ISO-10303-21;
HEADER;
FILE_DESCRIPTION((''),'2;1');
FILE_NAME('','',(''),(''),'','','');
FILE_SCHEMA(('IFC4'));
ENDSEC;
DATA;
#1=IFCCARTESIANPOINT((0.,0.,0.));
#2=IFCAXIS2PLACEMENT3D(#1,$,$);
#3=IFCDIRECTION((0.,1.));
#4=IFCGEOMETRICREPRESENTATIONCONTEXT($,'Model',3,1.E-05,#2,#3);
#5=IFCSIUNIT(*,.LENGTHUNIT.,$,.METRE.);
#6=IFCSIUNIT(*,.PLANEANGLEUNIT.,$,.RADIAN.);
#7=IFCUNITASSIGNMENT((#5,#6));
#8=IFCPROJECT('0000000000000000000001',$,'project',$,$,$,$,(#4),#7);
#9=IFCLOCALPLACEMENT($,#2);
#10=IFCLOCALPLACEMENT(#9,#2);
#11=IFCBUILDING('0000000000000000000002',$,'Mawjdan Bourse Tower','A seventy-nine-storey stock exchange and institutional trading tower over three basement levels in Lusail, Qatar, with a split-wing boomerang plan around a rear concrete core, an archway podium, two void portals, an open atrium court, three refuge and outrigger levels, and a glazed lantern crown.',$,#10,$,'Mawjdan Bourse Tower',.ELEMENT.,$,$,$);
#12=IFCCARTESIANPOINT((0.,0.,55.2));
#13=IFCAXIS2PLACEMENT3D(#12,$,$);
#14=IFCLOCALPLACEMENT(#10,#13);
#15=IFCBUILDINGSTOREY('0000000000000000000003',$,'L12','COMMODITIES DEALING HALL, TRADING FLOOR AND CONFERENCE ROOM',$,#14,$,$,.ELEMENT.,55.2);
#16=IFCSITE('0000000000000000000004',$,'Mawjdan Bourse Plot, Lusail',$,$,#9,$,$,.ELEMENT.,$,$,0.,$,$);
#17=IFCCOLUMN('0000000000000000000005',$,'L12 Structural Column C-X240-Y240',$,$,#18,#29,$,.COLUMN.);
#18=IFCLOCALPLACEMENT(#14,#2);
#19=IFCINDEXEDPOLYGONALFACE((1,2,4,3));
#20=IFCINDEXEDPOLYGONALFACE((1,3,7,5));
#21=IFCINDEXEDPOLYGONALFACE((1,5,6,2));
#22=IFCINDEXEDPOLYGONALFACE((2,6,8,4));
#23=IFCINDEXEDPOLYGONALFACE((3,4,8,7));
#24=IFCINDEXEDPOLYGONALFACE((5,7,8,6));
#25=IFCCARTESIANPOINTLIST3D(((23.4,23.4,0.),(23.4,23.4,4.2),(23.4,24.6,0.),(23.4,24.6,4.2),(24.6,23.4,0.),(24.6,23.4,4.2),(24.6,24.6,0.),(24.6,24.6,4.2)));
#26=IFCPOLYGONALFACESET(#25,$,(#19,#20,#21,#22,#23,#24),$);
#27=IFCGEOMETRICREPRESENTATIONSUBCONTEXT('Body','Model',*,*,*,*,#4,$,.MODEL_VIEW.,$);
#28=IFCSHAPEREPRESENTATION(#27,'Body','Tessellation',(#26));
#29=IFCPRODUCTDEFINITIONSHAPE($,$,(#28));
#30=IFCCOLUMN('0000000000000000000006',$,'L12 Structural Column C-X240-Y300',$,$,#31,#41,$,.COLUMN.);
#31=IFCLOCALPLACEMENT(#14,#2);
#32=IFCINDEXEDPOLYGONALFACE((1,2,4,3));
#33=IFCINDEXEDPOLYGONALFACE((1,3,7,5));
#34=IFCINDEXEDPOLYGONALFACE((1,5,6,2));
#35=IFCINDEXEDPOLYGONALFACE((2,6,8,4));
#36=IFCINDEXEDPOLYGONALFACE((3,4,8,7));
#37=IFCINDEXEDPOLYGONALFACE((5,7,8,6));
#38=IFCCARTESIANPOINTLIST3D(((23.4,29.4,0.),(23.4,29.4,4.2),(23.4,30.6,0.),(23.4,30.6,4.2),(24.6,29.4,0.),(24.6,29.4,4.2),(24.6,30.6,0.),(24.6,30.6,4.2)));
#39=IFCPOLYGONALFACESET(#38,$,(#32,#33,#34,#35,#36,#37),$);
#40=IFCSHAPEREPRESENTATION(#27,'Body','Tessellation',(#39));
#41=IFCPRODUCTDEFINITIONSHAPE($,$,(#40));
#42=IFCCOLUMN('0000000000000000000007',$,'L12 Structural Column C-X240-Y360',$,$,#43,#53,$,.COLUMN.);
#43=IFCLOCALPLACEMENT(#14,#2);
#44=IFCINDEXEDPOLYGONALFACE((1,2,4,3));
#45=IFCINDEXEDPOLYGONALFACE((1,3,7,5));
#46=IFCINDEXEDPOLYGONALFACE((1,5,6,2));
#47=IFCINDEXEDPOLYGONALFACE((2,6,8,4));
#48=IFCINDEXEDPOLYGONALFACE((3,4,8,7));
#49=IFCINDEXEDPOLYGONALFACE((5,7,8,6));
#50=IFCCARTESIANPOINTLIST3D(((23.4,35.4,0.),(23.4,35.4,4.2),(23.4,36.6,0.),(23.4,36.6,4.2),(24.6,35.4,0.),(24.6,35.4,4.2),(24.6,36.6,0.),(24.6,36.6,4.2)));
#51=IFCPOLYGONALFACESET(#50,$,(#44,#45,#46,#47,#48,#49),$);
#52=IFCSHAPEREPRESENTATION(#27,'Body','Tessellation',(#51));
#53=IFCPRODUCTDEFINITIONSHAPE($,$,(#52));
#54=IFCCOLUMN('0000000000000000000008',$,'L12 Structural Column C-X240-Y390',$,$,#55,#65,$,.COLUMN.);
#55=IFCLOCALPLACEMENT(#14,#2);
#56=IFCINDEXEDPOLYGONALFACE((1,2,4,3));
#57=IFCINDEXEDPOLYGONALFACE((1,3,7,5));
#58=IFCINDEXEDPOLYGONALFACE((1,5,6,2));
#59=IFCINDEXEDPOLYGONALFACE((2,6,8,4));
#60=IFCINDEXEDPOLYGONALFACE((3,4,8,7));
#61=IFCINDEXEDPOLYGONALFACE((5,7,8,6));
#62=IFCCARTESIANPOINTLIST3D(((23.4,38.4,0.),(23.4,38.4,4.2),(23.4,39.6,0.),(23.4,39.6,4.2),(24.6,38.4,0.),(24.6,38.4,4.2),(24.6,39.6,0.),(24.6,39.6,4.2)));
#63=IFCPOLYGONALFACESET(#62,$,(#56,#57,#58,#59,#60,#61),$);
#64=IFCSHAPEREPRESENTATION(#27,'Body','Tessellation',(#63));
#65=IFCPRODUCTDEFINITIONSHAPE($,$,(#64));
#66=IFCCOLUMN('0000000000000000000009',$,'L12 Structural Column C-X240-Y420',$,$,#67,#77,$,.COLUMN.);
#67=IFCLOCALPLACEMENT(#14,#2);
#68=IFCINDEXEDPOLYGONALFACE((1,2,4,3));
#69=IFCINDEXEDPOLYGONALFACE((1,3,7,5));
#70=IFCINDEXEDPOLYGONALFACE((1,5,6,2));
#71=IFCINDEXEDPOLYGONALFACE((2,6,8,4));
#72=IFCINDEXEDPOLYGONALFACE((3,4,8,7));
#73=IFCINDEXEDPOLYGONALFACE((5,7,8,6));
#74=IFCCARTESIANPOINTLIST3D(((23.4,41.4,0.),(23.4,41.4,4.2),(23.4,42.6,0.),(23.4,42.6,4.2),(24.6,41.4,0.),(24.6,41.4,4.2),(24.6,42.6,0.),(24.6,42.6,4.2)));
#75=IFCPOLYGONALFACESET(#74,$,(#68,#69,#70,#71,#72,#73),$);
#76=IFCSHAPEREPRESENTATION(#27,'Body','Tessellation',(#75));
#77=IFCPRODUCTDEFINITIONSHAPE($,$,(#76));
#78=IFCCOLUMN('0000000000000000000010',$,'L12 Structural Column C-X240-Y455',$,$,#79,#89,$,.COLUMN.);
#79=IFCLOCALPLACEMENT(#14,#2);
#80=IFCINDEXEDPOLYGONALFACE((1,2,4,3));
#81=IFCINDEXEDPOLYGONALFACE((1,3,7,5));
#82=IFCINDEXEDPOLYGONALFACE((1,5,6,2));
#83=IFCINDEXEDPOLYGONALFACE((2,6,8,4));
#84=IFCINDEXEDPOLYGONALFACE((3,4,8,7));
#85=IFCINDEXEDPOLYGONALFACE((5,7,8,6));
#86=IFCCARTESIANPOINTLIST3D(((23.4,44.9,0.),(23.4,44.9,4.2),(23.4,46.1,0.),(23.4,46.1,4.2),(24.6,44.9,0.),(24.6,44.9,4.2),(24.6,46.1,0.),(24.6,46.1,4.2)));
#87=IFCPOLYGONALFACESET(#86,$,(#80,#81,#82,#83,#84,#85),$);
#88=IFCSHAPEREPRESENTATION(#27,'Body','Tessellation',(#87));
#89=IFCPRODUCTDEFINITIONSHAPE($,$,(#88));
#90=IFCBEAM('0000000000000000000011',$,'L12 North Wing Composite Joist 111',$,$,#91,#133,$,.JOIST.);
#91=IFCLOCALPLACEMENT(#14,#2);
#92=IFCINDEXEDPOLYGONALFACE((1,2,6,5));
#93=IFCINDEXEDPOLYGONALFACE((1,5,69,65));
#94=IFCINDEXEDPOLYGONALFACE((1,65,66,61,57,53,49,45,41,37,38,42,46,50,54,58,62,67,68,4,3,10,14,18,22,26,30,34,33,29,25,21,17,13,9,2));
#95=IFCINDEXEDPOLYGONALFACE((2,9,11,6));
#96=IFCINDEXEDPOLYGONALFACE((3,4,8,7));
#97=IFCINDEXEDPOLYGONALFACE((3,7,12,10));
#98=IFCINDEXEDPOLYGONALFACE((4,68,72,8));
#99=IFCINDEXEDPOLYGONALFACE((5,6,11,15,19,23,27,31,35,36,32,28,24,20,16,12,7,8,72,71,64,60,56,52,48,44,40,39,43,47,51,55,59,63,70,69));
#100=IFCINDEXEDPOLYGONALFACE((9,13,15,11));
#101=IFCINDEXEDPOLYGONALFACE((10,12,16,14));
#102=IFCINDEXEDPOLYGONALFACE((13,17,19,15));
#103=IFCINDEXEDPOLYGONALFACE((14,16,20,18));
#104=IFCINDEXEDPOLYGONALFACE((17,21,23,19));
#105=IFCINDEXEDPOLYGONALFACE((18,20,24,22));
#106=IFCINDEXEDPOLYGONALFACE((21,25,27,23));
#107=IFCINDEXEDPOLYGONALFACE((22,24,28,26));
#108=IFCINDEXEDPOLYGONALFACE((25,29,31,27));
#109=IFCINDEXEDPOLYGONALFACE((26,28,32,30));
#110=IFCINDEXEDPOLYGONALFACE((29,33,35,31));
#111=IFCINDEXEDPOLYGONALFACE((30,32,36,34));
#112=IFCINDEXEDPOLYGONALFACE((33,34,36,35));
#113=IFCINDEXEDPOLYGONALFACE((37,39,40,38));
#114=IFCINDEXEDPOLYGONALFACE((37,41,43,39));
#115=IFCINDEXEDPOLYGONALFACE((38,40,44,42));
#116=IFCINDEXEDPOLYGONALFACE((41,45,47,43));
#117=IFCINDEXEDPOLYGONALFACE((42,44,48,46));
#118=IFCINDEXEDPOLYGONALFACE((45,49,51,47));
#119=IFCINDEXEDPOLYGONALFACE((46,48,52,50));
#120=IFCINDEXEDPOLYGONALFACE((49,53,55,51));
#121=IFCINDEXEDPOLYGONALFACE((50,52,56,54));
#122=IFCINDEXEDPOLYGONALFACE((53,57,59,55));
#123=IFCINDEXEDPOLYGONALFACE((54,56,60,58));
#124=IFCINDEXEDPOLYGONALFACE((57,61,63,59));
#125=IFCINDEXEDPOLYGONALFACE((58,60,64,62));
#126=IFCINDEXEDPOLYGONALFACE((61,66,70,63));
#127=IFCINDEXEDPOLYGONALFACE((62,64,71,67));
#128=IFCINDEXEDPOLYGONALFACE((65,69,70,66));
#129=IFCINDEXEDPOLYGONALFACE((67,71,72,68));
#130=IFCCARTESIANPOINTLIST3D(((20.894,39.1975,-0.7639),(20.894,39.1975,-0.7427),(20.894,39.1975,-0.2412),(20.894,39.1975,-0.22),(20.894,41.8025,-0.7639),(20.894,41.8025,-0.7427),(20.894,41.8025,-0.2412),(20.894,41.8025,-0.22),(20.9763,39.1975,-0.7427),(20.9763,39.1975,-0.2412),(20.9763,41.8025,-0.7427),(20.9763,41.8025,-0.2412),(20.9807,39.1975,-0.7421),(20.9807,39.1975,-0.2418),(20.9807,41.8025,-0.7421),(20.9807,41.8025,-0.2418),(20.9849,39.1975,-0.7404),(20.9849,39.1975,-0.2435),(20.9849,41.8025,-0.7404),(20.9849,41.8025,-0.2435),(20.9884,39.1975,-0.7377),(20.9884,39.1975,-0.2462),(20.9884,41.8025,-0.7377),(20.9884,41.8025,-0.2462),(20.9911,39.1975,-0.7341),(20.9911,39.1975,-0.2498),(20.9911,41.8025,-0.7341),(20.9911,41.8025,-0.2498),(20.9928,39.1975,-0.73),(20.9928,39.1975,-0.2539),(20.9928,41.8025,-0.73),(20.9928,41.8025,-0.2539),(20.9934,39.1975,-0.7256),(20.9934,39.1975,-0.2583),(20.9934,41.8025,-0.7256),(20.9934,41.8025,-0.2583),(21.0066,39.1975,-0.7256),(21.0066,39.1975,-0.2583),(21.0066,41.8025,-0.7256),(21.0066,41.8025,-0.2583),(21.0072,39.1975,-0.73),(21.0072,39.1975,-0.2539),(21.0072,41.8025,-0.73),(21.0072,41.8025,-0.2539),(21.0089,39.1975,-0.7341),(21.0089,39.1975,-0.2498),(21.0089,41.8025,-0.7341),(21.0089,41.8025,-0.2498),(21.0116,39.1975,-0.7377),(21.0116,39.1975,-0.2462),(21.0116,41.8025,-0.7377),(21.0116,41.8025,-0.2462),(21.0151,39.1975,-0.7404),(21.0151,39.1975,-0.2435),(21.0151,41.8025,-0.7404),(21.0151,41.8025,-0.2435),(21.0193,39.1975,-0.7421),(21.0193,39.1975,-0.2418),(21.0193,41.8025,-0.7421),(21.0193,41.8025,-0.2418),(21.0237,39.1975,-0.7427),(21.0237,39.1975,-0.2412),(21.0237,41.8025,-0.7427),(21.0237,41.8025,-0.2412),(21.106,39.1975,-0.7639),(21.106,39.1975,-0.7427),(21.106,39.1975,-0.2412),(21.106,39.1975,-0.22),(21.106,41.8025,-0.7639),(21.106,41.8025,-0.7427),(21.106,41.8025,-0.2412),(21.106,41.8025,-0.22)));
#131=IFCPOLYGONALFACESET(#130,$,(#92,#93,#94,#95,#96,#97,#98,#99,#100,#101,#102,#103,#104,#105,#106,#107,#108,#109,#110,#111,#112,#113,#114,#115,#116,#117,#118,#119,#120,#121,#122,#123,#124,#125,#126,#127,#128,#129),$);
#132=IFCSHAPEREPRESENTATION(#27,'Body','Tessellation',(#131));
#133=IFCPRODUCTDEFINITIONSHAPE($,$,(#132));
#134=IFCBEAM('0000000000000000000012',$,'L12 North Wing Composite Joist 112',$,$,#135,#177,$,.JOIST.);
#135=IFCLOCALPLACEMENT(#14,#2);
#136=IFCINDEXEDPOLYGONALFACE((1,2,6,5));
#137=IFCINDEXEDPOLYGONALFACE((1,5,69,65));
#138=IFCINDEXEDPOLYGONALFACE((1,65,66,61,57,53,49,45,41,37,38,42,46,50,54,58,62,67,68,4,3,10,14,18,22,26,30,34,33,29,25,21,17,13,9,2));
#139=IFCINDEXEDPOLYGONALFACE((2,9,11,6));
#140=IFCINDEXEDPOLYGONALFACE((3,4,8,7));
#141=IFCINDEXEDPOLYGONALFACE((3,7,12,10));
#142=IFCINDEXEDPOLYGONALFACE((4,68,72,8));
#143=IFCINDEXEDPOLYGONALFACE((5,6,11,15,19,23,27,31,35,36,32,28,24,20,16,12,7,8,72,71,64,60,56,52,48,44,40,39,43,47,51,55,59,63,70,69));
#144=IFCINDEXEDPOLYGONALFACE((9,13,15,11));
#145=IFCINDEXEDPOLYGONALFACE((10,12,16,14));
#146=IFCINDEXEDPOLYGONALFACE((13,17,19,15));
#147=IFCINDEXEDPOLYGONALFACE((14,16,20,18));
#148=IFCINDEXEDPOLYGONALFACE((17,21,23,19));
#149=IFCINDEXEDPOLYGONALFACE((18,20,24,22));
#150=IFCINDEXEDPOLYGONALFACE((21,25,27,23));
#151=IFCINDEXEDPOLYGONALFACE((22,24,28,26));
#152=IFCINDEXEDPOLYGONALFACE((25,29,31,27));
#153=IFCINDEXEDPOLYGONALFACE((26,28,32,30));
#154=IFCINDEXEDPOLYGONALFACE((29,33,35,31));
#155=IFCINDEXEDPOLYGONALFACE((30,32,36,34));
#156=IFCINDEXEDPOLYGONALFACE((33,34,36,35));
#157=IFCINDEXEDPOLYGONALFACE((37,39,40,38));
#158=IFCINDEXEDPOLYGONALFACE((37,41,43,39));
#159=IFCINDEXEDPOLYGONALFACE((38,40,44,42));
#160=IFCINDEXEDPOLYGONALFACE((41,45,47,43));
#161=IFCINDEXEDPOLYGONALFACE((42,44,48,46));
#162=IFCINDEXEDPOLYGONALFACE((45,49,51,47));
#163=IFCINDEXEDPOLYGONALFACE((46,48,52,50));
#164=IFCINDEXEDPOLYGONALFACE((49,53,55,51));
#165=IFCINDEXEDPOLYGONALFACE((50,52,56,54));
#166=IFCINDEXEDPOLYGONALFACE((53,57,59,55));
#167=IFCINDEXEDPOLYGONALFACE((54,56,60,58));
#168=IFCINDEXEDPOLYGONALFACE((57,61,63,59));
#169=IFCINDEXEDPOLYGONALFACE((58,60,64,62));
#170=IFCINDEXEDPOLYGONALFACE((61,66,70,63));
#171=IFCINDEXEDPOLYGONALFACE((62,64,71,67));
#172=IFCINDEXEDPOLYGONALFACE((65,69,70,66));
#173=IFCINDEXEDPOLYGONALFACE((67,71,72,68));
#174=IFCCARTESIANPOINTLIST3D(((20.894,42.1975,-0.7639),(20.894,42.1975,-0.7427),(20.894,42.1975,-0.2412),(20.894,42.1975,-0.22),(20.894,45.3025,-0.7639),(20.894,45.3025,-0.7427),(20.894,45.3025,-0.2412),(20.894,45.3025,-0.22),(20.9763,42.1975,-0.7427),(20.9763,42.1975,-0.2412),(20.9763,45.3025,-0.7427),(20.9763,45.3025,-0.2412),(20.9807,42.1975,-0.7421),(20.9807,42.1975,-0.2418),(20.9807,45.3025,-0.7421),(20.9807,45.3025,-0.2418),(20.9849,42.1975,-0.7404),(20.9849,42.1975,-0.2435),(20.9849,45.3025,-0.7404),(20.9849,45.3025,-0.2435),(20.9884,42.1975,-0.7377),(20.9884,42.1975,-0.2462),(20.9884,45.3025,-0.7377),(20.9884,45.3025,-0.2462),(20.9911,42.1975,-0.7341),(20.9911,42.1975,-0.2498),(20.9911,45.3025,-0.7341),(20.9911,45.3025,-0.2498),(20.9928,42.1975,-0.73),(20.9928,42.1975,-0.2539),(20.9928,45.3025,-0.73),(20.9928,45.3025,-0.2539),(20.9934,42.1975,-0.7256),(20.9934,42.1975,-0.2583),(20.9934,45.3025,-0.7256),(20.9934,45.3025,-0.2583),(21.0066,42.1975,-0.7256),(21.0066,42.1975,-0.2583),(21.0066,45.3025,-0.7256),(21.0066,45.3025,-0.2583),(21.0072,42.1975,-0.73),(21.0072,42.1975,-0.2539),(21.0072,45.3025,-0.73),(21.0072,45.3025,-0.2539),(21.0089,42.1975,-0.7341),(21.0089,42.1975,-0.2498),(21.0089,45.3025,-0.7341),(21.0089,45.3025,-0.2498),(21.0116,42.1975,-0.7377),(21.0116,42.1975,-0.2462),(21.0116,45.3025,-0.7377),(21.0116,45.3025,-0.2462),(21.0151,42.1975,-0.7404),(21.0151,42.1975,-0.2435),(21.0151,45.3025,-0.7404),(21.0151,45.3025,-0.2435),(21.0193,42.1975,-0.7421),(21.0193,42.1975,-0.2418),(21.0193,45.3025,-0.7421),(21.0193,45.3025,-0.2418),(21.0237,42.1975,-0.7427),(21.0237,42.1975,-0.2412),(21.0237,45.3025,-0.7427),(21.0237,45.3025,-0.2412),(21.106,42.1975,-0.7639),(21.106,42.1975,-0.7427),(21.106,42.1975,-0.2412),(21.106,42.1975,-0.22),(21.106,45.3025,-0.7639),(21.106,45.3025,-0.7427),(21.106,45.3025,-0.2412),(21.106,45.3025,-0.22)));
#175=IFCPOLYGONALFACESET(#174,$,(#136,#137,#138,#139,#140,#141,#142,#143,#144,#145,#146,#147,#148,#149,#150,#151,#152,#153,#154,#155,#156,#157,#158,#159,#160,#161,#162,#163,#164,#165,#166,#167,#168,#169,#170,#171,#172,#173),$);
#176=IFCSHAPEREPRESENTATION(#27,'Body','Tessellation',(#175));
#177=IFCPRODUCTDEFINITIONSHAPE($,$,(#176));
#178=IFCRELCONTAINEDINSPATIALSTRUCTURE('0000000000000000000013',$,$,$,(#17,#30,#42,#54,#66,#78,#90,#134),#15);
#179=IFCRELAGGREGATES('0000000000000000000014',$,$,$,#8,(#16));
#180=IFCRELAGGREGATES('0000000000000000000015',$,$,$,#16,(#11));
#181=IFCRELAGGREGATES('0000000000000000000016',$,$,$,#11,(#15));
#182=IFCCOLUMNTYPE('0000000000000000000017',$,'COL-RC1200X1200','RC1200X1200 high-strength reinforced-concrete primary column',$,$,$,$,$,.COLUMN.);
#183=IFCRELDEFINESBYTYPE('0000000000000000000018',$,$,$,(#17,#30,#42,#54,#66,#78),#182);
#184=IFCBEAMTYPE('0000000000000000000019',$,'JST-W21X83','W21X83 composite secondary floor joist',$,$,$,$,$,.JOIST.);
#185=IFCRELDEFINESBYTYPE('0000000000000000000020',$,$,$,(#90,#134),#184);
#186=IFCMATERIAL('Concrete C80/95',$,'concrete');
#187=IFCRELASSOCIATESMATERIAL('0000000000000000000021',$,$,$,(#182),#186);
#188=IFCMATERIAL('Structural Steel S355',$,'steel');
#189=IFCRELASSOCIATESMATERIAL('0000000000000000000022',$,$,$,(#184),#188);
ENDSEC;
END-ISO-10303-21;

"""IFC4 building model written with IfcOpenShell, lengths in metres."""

from ifc_helpers import new_model, si_unit, direction, frame, origin, origin_2d, place, context, subcontext, project, spatial, rectangle, i_section, extrude, material, material_profile, profile_set, type_object, element, save


model = new_model("IFC4")

# Units and contexts
model_context = context("Model", 3, precision=1e-05, world=origin(), true_north=direction((0.0, 1.0)))
body_context = subcontext(model_context, "Body", "Model", "MODEL_VIEW")
ifc_project = project(units=[si_unit("LENGTHUNIT", "METRE"), si_unit("PLANEANGLEUNIT", "RADIAN")], contexts=[model_context])

# Site, building, storey
site_placement = place(None, origin())
site = spatial("IfcSite", under=ifc_project, at=site_placement, Name="Mawjdan Bourse Plot, Lusail", CompositionType="ELEMENT", RefElevation=0.0)
building_placement = place(site_placement, origin())
building = spatial("IfcBuilding", under=site, at=building_placement, Name="Mawjdan Bourse Tower", Description="A seventy-nine-storey stock exchange and institutional trading tower over three basement levels in Lusail, Qatar, with a split-wing boomerang plan around a rear concrete core, an archway podium, two void portals, an open atrium court, three refuge and outrigger levels, and a glazed lantern crown.", LongName="Mawjdan Bourse Tower", CompositionType="ELEMENT")
storey_placement = place(building_placement, frame((0.0, 0.0, 55.2)))
storey = spatial("IfcBuildingStorey", under=building, at=storey_placement, Name="L12", Description="COMMODITIES DEALING HALL, TRADING FLOOR AND CONFERENCE ROOM", CompositionType="ELEMENT", Elevation=55.2)

# Columns
ifc_material_1 = material(Name="Concrete C80/95", Category="concrete")
ifc_material_profile_1 = material_profile(ifc_material_1, rectangle(XDim=1.2, YDim=1.2, at=origin_2d()), Name="RC1200X1200")
ifc_profile_set_1 = profile_set([ifc_material_profile_1], Name="Concrete C80/95")
column_type = type_object("IfcColumnType", Name="COL-RC1200X1200", Description="RC1200X1200 high-strength reinforced-concrete primary column", PredefinedType="COLUMN", material=ifc_profile_set_1)
for number, where, z_axis, x_axis, name in (
    (1, (24.0, 24.0, 0.0), (0.0, 0.0, 1.0), (1.0, 0.0, 0.0), "L12 Structural Column C-X240-Y240"),
    (2, (24.0, 30.0, 0.0), (0.0, 0.0, 1.0), (1.0, 0.0, 0.0), "L12 Structural Column C-X240-Y300"),
    (3, (24.0, 36.0, 0.0), (0.0, 0.0, 1.0), (1.0, 0.0, 0.0), "L12 Structural Column C-X240-Y360"),
    (4, (24.0, 39.0, 0.0), (0.0, 0.0, 1.0), (1.0, 0.0, 0.0), "L12 Structural Column C-X240-Y390"),
    (5, (24.0, 42.0, 0.0), (0.0, 0.0, 1.0), (1.0, 0.0, 0.0), "L12 Structural Column C-X240-Y420"),
    (6, (24.0, 45.5, 0.0), (0.0, 0.0, 1.0), (1.0, 0.0, 0.0), "L12 Structural Column C-X240-Y455"),
):
    element("IfcColumn", number, at=place(storey_placement, frame(where, z_axis=z_axis, x_axis=x_axis)), inside=storey, type_object=column_type, Name=name, PredefinedType="COLUMN", context=body_context, shape_type="SweptSolid", body=[
        extrude(rectangle(XDim=1.2, YDim=1.2, at=origin_2d()), origin(), (0.0, 0.0, 1.0), 4.2),
    ])

# Beams
ifc_material_2 = material(Name="Structural Steel S355", Category="steel")
ifc_material_profile_2 = material_profile(ifc_material_2, i_section(OverallWidth=0.2119, OverallDepth=0.5439, WebThickness=0.0132, FlangeThickness=0.0212, FilletRadius=0.0171, at=origin_2d()), Name="W21X83")
ifc_profile_set_2 = profile_set([ifc_material_profile_2], Name="Structural Steel S355")
beam_type_1 = type_object("IfcBeamType", Name="JST-W21X83", Description="W21X83 composite secondary floor joist", PredefinedType="JOIST", material=ifc_profile_set_2)
beam_1_placement = place(storey_placement, frame((21.0, 39.1975, -0.4919), z_axis=(0.0, 1.0, 0.0), x_axis=(-1.0, 0.0, 0.0)))
element("IfcBeam", 7, at=beam_1_placement, inside=storey, type_object=beam_type_1, Name="L12 North Wing Composite Joist 111", PredefinedType="JOIST", context=body_context, shape_type="SweptSolid", body=[
    extrude(i_section(OverallWidth=0.2119, OverallDepth=0.5439, WebThickness=0.0132, FlangeThickness=0.0212, FilletRadius=0.0171, at=origin_2d()), origin(), (0.0, 0.0, 1.0), 2.605),
])
beam_2_placement = place(storey_placement, frame((21.0, 42.1975, -0.4919), z_axis=(0.0, 1.0, 0.0), x_axis=(-1.0, 0.0, 0.0)))
element("IfcBeam", 8, at=beam_2_placement, inside=storey, type_object=beam_type_1, Name="L12 North Wing Composite Joist 112", PredefinedType="JOIST", context=body_context, shape_type="SweptSolid", body=[
    extrude(i_section(OverallWidth=0.2119, OverallDepth=0.5439, WebThickness=0.0132, FlangeThickness=0.0212, FilletRadius=0.0171, at=origin_2d()), origin(), (0.0, 0.0, 1.0), 3.105),
])

save(model, "model.ifc")
